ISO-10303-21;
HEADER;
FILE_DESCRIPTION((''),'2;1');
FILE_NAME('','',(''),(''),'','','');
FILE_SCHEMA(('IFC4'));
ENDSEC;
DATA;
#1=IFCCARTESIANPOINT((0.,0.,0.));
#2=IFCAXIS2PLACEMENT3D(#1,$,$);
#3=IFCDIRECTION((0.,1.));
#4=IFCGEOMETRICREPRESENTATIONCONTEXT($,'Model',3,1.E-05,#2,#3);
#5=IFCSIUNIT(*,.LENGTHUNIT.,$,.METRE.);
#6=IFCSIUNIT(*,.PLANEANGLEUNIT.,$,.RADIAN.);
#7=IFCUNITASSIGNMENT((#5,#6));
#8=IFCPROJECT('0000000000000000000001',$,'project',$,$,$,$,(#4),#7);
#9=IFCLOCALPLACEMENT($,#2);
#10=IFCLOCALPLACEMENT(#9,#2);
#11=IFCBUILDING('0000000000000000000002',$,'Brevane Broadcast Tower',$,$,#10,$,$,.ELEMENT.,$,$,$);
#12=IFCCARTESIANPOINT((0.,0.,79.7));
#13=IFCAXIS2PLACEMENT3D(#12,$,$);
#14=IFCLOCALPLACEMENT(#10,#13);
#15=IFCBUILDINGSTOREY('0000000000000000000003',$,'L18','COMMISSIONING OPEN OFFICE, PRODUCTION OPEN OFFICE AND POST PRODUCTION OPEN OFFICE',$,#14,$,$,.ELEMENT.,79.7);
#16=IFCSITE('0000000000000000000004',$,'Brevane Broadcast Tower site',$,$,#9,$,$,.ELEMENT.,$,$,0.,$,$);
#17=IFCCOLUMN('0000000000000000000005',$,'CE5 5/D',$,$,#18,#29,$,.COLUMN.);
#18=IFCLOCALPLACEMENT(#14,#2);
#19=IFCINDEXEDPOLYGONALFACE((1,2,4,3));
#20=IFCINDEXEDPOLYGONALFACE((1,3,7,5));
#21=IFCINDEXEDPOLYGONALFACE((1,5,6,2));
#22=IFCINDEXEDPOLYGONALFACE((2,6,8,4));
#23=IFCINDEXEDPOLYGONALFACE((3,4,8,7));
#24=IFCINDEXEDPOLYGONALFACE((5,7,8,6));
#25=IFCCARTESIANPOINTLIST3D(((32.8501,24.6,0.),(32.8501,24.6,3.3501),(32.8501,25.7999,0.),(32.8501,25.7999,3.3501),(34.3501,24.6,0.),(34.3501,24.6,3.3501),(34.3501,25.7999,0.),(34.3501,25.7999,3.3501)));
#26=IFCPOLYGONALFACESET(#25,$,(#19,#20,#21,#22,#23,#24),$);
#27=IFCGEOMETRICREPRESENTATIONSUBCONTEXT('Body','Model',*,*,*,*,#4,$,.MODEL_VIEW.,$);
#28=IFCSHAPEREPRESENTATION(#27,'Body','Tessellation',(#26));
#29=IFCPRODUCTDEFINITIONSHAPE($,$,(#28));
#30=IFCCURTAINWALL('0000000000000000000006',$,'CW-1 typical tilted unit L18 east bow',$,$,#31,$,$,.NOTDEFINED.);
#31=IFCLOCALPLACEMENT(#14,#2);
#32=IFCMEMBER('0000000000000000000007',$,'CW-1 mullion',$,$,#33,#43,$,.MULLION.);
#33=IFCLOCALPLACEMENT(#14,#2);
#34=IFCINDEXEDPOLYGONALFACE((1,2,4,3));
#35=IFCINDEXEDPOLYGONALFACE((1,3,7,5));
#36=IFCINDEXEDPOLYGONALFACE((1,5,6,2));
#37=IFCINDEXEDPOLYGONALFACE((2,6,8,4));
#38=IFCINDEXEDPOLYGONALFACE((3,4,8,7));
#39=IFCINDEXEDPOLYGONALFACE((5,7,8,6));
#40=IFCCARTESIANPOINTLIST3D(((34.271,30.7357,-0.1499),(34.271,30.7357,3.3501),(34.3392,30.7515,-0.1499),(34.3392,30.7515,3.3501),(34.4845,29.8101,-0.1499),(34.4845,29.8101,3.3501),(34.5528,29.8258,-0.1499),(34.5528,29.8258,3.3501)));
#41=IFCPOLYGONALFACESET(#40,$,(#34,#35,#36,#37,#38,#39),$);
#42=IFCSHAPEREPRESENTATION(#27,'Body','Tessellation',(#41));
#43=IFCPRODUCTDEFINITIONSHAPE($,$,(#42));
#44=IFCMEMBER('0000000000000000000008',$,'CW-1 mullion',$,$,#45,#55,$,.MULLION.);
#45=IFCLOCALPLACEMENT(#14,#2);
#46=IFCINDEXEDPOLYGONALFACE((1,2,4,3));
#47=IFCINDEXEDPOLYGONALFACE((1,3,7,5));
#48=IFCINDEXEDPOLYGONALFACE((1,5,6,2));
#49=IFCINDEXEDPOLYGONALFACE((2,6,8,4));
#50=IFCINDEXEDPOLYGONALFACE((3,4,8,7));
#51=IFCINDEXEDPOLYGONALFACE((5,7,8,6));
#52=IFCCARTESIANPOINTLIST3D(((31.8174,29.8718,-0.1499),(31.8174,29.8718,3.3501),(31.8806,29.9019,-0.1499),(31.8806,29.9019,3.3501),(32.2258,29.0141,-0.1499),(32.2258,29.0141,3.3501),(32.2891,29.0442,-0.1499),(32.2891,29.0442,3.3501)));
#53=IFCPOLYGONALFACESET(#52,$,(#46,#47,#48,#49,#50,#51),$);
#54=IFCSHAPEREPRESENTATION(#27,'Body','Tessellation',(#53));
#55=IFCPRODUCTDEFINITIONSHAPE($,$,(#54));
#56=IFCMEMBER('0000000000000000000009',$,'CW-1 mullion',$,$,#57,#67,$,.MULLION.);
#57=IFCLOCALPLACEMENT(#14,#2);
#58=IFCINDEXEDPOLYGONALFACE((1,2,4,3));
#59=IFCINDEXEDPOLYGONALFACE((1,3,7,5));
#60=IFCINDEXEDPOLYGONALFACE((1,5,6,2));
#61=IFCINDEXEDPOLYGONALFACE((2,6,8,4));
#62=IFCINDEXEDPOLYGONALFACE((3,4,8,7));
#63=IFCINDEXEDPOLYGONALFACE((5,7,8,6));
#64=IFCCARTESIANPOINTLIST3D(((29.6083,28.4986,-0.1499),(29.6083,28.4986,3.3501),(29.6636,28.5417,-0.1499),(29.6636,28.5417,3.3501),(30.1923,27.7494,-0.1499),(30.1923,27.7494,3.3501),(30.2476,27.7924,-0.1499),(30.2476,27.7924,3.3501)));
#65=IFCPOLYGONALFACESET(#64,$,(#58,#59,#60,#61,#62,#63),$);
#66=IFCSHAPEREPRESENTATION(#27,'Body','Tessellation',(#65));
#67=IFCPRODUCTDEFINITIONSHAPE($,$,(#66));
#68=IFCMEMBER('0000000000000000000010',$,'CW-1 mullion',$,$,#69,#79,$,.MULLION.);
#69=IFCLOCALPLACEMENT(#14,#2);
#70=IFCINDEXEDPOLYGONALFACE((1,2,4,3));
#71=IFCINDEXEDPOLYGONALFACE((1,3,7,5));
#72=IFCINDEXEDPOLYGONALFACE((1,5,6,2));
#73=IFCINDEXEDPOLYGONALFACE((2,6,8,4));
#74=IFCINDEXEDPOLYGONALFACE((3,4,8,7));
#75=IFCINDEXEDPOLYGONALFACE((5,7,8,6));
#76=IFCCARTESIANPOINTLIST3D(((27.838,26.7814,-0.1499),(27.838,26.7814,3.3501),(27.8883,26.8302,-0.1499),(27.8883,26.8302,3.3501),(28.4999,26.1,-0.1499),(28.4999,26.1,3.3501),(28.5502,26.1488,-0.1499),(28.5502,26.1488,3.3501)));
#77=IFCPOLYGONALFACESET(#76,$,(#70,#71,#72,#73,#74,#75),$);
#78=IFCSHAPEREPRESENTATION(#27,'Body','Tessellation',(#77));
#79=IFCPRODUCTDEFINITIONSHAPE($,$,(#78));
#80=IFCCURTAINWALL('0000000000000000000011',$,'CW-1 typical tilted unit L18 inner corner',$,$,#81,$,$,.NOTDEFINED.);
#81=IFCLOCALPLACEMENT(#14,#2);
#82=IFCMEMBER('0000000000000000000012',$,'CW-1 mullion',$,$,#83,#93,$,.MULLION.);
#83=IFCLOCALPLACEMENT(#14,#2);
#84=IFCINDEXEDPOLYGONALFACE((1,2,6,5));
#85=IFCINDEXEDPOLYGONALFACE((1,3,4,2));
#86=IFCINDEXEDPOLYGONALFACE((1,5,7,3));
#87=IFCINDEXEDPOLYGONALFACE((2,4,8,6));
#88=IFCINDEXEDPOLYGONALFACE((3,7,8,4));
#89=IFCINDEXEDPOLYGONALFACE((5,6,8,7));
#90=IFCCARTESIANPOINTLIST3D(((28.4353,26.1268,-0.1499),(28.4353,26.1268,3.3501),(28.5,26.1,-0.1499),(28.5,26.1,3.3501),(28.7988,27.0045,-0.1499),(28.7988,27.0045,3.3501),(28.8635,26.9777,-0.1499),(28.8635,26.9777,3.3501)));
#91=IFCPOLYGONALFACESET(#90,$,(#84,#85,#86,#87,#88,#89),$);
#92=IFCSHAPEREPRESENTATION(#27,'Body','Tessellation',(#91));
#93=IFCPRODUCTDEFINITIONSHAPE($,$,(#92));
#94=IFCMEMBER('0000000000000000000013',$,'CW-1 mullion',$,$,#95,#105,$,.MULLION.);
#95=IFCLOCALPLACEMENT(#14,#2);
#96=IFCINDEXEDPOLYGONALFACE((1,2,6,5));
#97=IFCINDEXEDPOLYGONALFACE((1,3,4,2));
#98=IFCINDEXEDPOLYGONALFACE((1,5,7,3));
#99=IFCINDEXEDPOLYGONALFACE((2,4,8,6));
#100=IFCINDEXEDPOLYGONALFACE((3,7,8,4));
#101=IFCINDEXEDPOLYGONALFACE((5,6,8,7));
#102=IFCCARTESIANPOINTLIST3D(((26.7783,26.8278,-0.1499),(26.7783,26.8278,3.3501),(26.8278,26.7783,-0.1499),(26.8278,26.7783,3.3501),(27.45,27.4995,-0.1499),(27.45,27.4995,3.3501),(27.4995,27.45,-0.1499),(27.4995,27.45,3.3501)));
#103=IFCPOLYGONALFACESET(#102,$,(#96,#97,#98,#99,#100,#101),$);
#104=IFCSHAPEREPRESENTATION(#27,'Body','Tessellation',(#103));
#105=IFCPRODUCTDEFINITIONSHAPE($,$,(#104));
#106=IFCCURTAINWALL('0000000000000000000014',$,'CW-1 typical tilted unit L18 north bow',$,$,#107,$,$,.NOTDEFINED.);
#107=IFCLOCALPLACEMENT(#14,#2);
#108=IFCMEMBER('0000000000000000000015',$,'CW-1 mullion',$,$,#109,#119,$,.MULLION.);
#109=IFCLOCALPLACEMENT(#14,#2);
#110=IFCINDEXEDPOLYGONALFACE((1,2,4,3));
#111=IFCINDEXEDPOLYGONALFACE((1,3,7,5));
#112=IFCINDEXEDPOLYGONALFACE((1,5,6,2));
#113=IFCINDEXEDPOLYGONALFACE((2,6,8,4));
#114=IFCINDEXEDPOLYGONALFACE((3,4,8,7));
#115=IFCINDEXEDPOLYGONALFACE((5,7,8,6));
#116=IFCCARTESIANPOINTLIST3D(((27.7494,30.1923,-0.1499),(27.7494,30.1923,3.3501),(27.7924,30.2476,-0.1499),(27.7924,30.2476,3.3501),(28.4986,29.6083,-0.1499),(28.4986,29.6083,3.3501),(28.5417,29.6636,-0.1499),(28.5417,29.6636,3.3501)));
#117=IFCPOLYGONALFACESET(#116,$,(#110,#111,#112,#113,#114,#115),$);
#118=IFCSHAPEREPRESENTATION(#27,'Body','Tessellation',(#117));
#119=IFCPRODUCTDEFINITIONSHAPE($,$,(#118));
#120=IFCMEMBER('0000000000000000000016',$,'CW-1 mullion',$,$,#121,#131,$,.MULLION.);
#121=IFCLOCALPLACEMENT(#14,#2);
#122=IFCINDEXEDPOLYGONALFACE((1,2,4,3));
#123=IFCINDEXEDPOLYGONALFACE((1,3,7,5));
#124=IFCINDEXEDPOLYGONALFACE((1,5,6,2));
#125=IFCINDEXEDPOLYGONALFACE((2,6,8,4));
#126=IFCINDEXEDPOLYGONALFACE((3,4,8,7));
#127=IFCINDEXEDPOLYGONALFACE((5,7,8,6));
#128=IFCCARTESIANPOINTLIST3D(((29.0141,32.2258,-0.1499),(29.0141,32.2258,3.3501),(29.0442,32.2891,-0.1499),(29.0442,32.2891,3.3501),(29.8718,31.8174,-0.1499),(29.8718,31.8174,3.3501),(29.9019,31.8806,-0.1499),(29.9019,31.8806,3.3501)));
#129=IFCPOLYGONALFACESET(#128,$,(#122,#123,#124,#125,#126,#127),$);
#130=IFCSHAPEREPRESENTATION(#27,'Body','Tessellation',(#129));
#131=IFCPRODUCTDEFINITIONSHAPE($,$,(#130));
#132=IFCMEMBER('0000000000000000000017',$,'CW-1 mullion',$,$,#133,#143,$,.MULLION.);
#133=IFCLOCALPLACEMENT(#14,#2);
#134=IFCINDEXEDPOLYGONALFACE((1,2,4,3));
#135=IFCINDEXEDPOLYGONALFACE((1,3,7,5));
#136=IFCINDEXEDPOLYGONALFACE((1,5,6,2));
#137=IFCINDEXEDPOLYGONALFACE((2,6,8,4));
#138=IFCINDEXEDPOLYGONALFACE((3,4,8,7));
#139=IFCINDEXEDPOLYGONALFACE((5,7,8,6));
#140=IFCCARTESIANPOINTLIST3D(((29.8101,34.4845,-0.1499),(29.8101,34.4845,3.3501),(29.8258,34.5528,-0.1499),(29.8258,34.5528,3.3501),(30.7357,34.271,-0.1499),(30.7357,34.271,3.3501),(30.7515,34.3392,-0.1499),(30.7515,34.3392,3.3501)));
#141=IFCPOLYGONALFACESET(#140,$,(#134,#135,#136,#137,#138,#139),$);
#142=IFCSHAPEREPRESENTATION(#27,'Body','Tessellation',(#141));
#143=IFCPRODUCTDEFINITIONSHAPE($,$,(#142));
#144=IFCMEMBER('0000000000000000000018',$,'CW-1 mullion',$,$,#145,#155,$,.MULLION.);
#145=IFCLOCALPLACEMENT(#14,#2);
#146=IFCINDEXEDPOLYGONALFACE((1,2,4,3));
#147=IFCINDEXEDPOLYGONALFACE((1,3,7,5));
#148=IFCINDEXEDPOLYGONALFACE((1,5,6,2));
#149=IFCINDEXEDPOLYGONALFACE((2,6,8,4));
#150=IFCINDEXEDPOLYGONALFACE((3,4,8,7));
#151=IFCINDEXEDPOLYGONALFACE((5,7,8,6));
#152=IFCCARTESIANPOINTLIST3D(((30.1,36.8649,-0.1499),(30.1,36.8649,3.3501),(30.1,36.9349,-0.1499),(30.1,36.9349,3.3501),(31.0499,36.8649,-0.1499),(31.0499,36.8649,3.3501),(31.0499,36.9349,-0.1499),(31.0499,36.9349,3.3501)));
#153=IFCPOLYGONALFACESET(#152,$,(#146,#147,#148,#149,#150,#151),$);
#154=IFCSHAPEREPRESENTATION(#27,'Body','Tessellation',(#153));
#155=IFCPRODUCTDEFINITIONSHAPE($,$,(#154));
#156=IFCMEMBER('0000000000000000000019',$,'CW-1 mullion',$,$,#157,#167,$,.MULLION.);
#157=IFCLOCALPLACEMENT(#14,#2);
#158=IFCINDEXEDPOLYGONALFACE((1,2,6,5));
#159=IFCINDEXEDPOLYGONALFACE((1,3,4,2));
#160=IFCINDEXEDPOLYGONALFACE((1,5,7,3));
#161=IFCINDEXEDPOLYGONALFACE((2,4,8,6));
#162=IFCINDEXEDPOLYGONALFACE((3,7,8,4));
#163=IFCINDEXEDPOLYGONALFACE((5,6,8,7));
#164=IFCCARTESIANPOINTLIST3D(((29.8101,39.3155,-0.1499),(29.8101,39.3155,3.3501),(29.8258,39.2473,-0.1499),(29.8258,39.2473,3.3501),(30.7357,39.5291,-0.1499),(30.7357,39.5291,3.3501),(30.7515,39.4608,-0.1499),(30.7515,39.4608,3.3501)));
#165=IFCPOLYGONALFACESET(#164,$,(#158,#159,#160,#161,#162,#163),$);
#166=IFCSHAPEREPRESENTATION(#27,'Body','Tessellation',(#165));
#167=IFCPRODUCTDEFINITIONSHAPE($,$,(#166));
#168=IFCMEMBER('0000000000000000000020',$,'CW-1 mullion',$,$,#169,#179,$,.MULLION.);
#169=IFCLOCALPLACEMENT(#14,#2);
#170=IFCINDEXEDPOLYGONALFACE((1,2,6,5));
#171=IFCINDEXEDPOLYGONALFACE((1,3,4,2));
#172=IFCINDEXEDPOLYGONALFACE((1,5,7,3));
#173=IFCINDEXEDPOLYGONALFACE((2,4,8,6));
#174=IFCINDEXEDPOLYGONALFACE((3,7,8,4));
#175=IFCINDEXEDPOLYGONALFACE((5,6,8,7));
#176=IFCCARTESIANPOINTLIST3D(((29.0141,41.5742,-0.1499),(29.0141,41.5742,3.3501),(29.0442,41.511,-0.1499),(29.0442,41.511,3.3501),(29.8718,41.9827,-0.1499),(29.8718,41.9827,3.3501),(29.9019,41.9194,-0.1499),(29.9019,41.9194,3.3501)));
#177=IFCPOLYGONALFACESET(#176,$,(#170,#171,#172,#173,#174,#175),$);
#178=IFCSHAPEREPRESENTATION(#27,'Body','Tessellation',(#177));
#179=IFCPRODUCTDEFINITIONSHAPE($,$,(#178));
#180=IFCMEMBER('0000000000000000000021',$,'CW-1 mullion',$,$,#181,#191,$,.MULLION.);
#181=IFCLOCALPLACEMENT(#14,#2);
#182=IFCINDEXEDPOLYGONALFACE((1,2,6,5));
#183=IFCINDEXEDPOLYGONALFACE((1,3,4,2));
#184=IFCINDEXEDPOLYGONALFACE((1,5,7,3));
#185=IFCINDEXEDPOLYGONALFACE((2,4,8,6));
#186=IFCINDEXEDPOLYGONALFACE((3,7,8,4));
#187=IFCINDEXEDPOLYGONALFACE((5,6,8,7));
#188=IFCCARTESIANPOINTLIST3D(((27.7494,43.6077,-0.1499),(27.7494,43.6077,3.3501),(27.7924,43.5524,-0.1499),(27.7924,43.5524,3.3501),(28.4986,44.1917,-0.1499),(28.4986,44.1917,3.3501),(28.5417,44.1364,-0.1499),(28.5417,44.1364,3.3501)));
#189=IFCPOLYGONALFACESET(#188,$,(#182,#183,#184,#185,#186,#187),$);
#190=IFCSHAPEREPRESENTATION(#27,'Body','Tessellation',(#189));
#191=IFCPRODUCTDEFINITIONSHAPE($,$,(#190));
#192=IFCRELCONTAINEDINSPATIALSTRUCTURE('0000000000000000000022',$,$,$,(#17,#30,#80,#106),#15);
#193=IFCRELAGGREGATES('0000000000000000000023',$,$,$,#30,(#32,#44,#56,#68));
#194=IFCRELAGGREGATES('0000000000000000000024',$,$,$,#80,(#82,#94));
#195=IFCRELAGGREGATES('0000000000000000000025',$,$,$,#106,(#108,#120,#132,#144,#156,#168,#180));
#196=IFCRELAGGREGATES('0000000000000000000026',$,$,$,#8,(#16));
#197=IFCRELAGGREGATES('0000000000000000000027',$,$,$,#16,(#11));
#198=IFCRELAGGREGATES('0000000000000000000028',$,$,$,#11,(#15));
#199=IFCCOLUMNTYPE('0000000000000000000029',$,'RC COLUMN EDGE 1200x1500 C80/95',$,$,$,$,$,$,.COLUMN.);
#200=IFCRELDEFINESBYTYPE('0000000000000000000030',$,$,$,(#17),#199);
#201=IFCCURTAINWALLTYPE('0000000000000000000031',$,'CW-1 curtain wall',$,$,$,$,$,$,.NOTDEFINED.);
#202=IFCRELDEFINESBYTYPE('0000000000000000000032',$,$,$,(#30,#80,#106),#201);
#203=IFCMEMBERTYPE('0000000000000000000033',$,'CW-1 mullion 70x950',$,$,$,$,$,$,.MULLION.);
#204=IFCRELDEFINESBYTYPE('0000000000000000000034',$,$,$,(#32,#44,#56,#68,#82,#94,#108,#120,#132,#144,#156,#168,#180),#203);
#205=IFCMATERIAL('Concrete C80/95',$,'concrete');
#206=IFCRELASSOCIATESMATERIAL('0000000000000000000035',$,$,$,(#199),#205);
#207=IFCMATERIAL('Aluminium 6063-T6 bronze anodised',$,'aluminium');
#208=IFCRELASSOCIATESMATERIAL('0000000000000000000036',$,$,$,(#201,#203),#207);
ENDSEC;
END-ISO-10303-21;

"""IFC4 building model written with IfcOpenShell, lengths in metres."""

from ifc_helpers import new_model, si_unit, direction, frame, origin, origin_2d, place, context, subcontext, project, spatial, rectangle, extrude, material, material_profile, profile_set, type_object, element, aggregate, save


model = new_model("IFC4")

# Units and contexts
model_context = context("Model", 3, precision=1e-05, world=origin(), true_north=direction((0.0, 1.0)))
body_context = subcontext(model_context, "Body", "Model", "MODEL_VIEW")
ifc_project = project(units=[si_unit("LENGTHUNIT", "METRE"), si_unit("PLANEANGLEUNIT", "RADIAN")], contexts=[model_context])

# Site, building, storey
site_placement = place(None, origin())
site = spatial("IfcSite", under=ifc_project, at=site_placement, Name="Brevane Broadcast Tower site", CompositionType="ELEMENT", RefElevation=0.0)
building_placement = place(site_placement, origin())
building = spatial("IfcBuilding", under=site, at=building_placement, Name="Brevane Broadcast Tower", CompositionType="ELEMENT")
storey_placement = place(building_placement, frame((0.0, 0.0, 79.7)))
storey = spatial("IfcBuildingStorey", under=building, at=storey_placement, Name="L18", Description="COMMISSIONING OPEN OFFICE, PRODUCTION OPEN OFFICE AND POST PRODUCTION OPEN OFFICE", CompositionType="ELEMENT", Elevation=79.7)

# Column
ifc_material_1 = material(Name="Concrete C80/95", Category="concrete")
ifc_material_profile_1 = material_profile(ifc_material_1, rectangle(XDim=1.2, YDim=1.5, at=origin_2d()), Name="RC 1200x1500")
ifc_profile_set_1 = profile_set([ifc_material_profile_1], Name="Concrete C80/95")
column_type = type_object("IfcColumnType", Name="RC COLUMN EDGE 1200x1500 C80/95", PredefinedType="COLUMN", material=ifc_profile_set_1)
column_placement = place(storey_placement, frame((33.6001, 25.2, 0.0), z_axis=(0.0, 0.0, 1.0), x_axis=(0.0, 1.0, 0.0)))
element("IfcColumn", 1, at=column_placement, inside=storey, type_object=column_type, Name="CE5 5/D", PredefinedType="COLUMN", context=body_context, shape_type="SweptSolid", body=[
    extrude(rectangle(XDim=1.2, YDim=1.5, at=origin_2d()), origin(), (0.0, 0.0, 1.0), 3.3501),
])

# Curtain walls, members
ifc_material_2 = material(Name="Aluminium 6063-T6 bronze anodised", Category="aluminium")
curtain_wall_type = type_object("IfcCurtainWallType", Name="CW-1 curtain wall", PredefinedType="NOTDEFINED", material=ifc_material_2)
curtain_wall_1_placement = place(storey_placement, origin())
curtain_wall_1 = element("IfcCurtainWall", 2, at=curtain_wall_1_placement, inside=storey, type_object=curtain_wall_type, Name="CW-1 typical tilted unit L18 east bow", PredefinedType="NOTDEFINED")
ifc_material_profile_2 = material_profile(ifc_material_2, rectangle(XDim=0.95, YDim=0.0701, at=origin_2d()), Name="RECT 70x950")
ifc_profile_set_2 = profile_set([ifc_material_profile_2], Name="Aluminium 6063-T6 bronze anodised")
member_type_1 = type_object("IfcMemberType", Name="CW-1 mullion 70x950", PredefinedType="MULLION", material=ifc_profile_set_2)
member_1_placement = place(storey_placement, frame((34.4119, 30.2808, -0.1499), z_axis=(0.0, 0.0, 1.0), x_axis=(0.224806, -0.974403, 0.0)))
member_1 = element("IfcMember", 3, at=member_1_placement, type_object=member_type_1, Name="CW-1 mullion", PredefinedType="MULLION", context=body_context, shape_type="SweptSolid", body=[
    extrude(rectangle(XDim=0.95, YDim=0.0701, at=origin_2d()), origin(), (0.0, 0.0, 1.0), 3.5),
])
member_2_placement = place(storey_placement, frame((32.0532, 29.458, -0.1499), z_axis=(0.0, 0.0, 1.0), x_axis=(0.429934, -0.902861, 0.0)))
member_2 = element("IfcMember", 4, at=member_2_placement, type_object=member_type_1, Name="CW-1 mullion", PredefinedType="MULLION", context=body_context, shape_type="SweptSolid", body=[
    extrude(rectangle(XDim=0.95, YDim=0.0701, at=origin_2d()), origin(), (0.0, 0.0, 1.0), 3.5),
])
member_3_placement = place(storey_placement, frame((29.928, 28.1455, -0.1499), z_axis=(0.0, 0.0, 1.0), x_axis=(0.61477, -0.788707, 0.0)))
member_3 = element("IfcMember", 5, at=member_3_placement, type_object=member_type_1, Name="CW-1 mullion", PredefinedType="MULLION", context=body_context, shape_type="SweptSolid", body=[
    extrude(rectangle(XDim=0.95, YDim=0.0701, at=origin_2d()), origin(), (0.0, 0.0, 1.0), 3.5),
])
member_4_placement = place(storey_placement, frame((28.1941, 26.4651, -0.1499), z_axis=(0.0, 0.0, 1.0), x_axis=(0.696812, -0.717254, 0.0)))
member_4 = element("IfcMember", 6, at=member_4_placement, type_object=member_type_1, Name="CW-1 mullion", PredefinedType="MULLION", context=body_context, shape_type="SweptSolid", body=[
    extrude(rectangle(XDim=0.95, YDim=0.0701, at=origin_2d()), origin(), (0.0, 0.0, 1.0), 3.5),
])
curtain_wall_2_placement = place(storey_placement, origin())
curtain_wall_2 = element("IfcCurtainWall", 7, at=curtain_wall_2_placement, inside=storey, type_object=curtain_wall_type, Name="CW-1 typical tilted unit L18 inner corner", PredefinedType="NOTDEFINED")
member_5_placement = place(storey_placement, frame((28.6494, 26.5522, -0.1499), z_axis=(0.0, 0.0, 1.0), x_axis=(-0.382684, -0.923879, 0.0)))
member_5 = element("IfcMember", 8, at=member_5_placement, type_object=member_type_1, Name="CW-1 mullion", PredefinedType="MULLION", context=body_context, shape_type="SweptSolid", body=[
    extrude(rectangle(XDim=0.95, YDim=0.0701, at=origin_2d()), origin(), (0.0, 0.0, 1.0), 3.5),
])
member_6_placement = place(storey_placement, frame((27.1389, 27.1389, -0.1499), z_axis=(0.0, 0.0, 1.0), x_axis=(-0.707107, -0.707107, 0.0)))
member_6 = element("IfcMember", 9, at=member_6_placement, type_object=member_type_1, Name="CW-1 mullion", PredefinedType="MULLION", context=body_context, shape_type="SweptSolid", body=[
    extrude(rectangle(XDim=0.95, YDim=0.0701, at=origin_2d()), origin(), (0.0, 0.0, 1.0), 3.5),
])
curtain_wall_3_placement = place(storey_placement, origin())
curtain_wall_3 = element("IfcCurtainWall", 10, at=curtain_wall_3_placement, inside=storey, type_object=curtain_wall_type, Name="CW-1 typical tilted unit L18 north bow", PredefinedType="NOTDEFINED")
member_7_placement = place(storey_placement, frame((28.1455, 29.928, -0.1499), z_axis=(0.0, 0.0, 1.0), x_axis=(-0.788707, 0.61477, 0.0)))
member_7 = element("IfcMember", 11, at=member_7_placement, type_object=member_type_1, Name="CW-1 mullion", PredefinedType="MULLION", context=body_context, shape_type="SweptSolid", body=[
    extrude(rectangle(XDim=0.95, YDim=0.0701, at=origin_2d()), origin(), (0.0, 0.0, 1.0), 3.5),
])
member_8_placement = place(storey_placement, frame((29.458, 32.0532, -0.1499), z_axis=(0.0, 0.0, 1.0), x_axis=(-0.902861, 0.429934, 0.0)))
member_8 = element("IfcMember", 12, at=member_8_placement, type_object=member_type_1, Name="CW-1 mullion", PredefinedType="MULLION", context=body_context, shape_type="SweptSolid", body=[
    extrude(rectangle(XDim=0.95, YDim=0.0701, at=origin_2d()), origin(), (0.0, 0.0, 1.0), 3.5),
])
member_9_placement = place(storey_placement, frame((30.2808, 34.4119, -0.1499), z_axis=(0.0, 0.0, 1.0), x_axis=(-0.974403, 0.224806, 0.0)))
member_9 = element("IfcMember", 13, at=member_9_placement, type_object=member_type_1, Name="CW-1 mullion", PredefinedType="MULLION", context=body_context, shape_type="SweptSolid", body=[
    extrude(rectangle(XDim=0.95, YDim=0.0701, at=origin_2d()), origin(), (0.0, 0.0, 1.0), 3.5),
])
member_10_placement = place(storey_placement, frame((30.575, 36.8999, -0.1499), z_axis=(0.0, 0.0, 1.0), x_axis=(-1.0, 0.0, 0.0)))
member_10 = element("IfcMember", 14, at=member_10_placement, type_object=member_type_1, Name="CW-1 mullion", PredefinedType="MULLION", context=body_context, shape_type="SweptSolid", body=[
    extrude(rectangle(XDim=0.95, YDim=0.0701, at=origin_2d()), origin(), (0.0, 0.0, 1.0), 3.5),
])
member_11_placement = place(storey_placement, frame((30.2808, 39.3882, -0.1499), z_axis=(0.0, 0.0, 1.0), x_axis=(-0.974403, -0.224806, 0.0)))
member_11 = element("IfcMember", 15, at=member_11_placement, type_object=member_type_1, Name="CW-1 mullion", PredefinedType="MULLION", context=body_context, shape_type="SweptSolid", body=[
    extrude(rectangle(XDim=0.95, YDim=0.0701, at=origin_2d()), origin(), (0.0, 0.0, 1.0), 3.5),
])
member_12_placement = place(storey_placement, frame((29.458, 41.7468, -0.1499), z_axis=(0.0, 0.0, 1.0), x_axis=(-0.902861, -0.429934, 0.0)))
member_12 = element("IfcMember", 16, at=member_12_placement, type_object=member_type_1, Name="CW-1 mullion", PredefinedType="MULLION", context=body_context, shape_type="SweptSolid", body=[
    extrude(rectangle(XDim=0.95, YDim=0.0701, at=origin_2d()), origin(), (0.0, 0.0, 1.0), 3.5),
])
member_13_placement = place(storey_placement, frame((28.1455, 43.8721, -0.1499), z_axis=(0.0, 0.0, 1.0), x_axis=(-0.788707, -0.61477, 0.0)))
member_13 = element("IfcMember", 17, at=member_13_placement, type_object=member_type_1, Name="CW-1 mullion", PredefinedType="MULLION", context=body_context, shape_type="SweptSolid", body=[
    extrude(rectangle(XDim=0.95, YDim=0.0701, at=origin_2d()), origin(), (0.0, 0.0, 1.0), 3.5),
])

aggregate(curtain_wall_1, [member_1, member_2, member_3, member_4])
aggregate(curtain_wall_2, [member_5, member_6])
aggregate(curtain_wall_3, [member_7, member_8, member_9, member_10, member_11, member_12, member_13])

save(model, "model.ifc")
